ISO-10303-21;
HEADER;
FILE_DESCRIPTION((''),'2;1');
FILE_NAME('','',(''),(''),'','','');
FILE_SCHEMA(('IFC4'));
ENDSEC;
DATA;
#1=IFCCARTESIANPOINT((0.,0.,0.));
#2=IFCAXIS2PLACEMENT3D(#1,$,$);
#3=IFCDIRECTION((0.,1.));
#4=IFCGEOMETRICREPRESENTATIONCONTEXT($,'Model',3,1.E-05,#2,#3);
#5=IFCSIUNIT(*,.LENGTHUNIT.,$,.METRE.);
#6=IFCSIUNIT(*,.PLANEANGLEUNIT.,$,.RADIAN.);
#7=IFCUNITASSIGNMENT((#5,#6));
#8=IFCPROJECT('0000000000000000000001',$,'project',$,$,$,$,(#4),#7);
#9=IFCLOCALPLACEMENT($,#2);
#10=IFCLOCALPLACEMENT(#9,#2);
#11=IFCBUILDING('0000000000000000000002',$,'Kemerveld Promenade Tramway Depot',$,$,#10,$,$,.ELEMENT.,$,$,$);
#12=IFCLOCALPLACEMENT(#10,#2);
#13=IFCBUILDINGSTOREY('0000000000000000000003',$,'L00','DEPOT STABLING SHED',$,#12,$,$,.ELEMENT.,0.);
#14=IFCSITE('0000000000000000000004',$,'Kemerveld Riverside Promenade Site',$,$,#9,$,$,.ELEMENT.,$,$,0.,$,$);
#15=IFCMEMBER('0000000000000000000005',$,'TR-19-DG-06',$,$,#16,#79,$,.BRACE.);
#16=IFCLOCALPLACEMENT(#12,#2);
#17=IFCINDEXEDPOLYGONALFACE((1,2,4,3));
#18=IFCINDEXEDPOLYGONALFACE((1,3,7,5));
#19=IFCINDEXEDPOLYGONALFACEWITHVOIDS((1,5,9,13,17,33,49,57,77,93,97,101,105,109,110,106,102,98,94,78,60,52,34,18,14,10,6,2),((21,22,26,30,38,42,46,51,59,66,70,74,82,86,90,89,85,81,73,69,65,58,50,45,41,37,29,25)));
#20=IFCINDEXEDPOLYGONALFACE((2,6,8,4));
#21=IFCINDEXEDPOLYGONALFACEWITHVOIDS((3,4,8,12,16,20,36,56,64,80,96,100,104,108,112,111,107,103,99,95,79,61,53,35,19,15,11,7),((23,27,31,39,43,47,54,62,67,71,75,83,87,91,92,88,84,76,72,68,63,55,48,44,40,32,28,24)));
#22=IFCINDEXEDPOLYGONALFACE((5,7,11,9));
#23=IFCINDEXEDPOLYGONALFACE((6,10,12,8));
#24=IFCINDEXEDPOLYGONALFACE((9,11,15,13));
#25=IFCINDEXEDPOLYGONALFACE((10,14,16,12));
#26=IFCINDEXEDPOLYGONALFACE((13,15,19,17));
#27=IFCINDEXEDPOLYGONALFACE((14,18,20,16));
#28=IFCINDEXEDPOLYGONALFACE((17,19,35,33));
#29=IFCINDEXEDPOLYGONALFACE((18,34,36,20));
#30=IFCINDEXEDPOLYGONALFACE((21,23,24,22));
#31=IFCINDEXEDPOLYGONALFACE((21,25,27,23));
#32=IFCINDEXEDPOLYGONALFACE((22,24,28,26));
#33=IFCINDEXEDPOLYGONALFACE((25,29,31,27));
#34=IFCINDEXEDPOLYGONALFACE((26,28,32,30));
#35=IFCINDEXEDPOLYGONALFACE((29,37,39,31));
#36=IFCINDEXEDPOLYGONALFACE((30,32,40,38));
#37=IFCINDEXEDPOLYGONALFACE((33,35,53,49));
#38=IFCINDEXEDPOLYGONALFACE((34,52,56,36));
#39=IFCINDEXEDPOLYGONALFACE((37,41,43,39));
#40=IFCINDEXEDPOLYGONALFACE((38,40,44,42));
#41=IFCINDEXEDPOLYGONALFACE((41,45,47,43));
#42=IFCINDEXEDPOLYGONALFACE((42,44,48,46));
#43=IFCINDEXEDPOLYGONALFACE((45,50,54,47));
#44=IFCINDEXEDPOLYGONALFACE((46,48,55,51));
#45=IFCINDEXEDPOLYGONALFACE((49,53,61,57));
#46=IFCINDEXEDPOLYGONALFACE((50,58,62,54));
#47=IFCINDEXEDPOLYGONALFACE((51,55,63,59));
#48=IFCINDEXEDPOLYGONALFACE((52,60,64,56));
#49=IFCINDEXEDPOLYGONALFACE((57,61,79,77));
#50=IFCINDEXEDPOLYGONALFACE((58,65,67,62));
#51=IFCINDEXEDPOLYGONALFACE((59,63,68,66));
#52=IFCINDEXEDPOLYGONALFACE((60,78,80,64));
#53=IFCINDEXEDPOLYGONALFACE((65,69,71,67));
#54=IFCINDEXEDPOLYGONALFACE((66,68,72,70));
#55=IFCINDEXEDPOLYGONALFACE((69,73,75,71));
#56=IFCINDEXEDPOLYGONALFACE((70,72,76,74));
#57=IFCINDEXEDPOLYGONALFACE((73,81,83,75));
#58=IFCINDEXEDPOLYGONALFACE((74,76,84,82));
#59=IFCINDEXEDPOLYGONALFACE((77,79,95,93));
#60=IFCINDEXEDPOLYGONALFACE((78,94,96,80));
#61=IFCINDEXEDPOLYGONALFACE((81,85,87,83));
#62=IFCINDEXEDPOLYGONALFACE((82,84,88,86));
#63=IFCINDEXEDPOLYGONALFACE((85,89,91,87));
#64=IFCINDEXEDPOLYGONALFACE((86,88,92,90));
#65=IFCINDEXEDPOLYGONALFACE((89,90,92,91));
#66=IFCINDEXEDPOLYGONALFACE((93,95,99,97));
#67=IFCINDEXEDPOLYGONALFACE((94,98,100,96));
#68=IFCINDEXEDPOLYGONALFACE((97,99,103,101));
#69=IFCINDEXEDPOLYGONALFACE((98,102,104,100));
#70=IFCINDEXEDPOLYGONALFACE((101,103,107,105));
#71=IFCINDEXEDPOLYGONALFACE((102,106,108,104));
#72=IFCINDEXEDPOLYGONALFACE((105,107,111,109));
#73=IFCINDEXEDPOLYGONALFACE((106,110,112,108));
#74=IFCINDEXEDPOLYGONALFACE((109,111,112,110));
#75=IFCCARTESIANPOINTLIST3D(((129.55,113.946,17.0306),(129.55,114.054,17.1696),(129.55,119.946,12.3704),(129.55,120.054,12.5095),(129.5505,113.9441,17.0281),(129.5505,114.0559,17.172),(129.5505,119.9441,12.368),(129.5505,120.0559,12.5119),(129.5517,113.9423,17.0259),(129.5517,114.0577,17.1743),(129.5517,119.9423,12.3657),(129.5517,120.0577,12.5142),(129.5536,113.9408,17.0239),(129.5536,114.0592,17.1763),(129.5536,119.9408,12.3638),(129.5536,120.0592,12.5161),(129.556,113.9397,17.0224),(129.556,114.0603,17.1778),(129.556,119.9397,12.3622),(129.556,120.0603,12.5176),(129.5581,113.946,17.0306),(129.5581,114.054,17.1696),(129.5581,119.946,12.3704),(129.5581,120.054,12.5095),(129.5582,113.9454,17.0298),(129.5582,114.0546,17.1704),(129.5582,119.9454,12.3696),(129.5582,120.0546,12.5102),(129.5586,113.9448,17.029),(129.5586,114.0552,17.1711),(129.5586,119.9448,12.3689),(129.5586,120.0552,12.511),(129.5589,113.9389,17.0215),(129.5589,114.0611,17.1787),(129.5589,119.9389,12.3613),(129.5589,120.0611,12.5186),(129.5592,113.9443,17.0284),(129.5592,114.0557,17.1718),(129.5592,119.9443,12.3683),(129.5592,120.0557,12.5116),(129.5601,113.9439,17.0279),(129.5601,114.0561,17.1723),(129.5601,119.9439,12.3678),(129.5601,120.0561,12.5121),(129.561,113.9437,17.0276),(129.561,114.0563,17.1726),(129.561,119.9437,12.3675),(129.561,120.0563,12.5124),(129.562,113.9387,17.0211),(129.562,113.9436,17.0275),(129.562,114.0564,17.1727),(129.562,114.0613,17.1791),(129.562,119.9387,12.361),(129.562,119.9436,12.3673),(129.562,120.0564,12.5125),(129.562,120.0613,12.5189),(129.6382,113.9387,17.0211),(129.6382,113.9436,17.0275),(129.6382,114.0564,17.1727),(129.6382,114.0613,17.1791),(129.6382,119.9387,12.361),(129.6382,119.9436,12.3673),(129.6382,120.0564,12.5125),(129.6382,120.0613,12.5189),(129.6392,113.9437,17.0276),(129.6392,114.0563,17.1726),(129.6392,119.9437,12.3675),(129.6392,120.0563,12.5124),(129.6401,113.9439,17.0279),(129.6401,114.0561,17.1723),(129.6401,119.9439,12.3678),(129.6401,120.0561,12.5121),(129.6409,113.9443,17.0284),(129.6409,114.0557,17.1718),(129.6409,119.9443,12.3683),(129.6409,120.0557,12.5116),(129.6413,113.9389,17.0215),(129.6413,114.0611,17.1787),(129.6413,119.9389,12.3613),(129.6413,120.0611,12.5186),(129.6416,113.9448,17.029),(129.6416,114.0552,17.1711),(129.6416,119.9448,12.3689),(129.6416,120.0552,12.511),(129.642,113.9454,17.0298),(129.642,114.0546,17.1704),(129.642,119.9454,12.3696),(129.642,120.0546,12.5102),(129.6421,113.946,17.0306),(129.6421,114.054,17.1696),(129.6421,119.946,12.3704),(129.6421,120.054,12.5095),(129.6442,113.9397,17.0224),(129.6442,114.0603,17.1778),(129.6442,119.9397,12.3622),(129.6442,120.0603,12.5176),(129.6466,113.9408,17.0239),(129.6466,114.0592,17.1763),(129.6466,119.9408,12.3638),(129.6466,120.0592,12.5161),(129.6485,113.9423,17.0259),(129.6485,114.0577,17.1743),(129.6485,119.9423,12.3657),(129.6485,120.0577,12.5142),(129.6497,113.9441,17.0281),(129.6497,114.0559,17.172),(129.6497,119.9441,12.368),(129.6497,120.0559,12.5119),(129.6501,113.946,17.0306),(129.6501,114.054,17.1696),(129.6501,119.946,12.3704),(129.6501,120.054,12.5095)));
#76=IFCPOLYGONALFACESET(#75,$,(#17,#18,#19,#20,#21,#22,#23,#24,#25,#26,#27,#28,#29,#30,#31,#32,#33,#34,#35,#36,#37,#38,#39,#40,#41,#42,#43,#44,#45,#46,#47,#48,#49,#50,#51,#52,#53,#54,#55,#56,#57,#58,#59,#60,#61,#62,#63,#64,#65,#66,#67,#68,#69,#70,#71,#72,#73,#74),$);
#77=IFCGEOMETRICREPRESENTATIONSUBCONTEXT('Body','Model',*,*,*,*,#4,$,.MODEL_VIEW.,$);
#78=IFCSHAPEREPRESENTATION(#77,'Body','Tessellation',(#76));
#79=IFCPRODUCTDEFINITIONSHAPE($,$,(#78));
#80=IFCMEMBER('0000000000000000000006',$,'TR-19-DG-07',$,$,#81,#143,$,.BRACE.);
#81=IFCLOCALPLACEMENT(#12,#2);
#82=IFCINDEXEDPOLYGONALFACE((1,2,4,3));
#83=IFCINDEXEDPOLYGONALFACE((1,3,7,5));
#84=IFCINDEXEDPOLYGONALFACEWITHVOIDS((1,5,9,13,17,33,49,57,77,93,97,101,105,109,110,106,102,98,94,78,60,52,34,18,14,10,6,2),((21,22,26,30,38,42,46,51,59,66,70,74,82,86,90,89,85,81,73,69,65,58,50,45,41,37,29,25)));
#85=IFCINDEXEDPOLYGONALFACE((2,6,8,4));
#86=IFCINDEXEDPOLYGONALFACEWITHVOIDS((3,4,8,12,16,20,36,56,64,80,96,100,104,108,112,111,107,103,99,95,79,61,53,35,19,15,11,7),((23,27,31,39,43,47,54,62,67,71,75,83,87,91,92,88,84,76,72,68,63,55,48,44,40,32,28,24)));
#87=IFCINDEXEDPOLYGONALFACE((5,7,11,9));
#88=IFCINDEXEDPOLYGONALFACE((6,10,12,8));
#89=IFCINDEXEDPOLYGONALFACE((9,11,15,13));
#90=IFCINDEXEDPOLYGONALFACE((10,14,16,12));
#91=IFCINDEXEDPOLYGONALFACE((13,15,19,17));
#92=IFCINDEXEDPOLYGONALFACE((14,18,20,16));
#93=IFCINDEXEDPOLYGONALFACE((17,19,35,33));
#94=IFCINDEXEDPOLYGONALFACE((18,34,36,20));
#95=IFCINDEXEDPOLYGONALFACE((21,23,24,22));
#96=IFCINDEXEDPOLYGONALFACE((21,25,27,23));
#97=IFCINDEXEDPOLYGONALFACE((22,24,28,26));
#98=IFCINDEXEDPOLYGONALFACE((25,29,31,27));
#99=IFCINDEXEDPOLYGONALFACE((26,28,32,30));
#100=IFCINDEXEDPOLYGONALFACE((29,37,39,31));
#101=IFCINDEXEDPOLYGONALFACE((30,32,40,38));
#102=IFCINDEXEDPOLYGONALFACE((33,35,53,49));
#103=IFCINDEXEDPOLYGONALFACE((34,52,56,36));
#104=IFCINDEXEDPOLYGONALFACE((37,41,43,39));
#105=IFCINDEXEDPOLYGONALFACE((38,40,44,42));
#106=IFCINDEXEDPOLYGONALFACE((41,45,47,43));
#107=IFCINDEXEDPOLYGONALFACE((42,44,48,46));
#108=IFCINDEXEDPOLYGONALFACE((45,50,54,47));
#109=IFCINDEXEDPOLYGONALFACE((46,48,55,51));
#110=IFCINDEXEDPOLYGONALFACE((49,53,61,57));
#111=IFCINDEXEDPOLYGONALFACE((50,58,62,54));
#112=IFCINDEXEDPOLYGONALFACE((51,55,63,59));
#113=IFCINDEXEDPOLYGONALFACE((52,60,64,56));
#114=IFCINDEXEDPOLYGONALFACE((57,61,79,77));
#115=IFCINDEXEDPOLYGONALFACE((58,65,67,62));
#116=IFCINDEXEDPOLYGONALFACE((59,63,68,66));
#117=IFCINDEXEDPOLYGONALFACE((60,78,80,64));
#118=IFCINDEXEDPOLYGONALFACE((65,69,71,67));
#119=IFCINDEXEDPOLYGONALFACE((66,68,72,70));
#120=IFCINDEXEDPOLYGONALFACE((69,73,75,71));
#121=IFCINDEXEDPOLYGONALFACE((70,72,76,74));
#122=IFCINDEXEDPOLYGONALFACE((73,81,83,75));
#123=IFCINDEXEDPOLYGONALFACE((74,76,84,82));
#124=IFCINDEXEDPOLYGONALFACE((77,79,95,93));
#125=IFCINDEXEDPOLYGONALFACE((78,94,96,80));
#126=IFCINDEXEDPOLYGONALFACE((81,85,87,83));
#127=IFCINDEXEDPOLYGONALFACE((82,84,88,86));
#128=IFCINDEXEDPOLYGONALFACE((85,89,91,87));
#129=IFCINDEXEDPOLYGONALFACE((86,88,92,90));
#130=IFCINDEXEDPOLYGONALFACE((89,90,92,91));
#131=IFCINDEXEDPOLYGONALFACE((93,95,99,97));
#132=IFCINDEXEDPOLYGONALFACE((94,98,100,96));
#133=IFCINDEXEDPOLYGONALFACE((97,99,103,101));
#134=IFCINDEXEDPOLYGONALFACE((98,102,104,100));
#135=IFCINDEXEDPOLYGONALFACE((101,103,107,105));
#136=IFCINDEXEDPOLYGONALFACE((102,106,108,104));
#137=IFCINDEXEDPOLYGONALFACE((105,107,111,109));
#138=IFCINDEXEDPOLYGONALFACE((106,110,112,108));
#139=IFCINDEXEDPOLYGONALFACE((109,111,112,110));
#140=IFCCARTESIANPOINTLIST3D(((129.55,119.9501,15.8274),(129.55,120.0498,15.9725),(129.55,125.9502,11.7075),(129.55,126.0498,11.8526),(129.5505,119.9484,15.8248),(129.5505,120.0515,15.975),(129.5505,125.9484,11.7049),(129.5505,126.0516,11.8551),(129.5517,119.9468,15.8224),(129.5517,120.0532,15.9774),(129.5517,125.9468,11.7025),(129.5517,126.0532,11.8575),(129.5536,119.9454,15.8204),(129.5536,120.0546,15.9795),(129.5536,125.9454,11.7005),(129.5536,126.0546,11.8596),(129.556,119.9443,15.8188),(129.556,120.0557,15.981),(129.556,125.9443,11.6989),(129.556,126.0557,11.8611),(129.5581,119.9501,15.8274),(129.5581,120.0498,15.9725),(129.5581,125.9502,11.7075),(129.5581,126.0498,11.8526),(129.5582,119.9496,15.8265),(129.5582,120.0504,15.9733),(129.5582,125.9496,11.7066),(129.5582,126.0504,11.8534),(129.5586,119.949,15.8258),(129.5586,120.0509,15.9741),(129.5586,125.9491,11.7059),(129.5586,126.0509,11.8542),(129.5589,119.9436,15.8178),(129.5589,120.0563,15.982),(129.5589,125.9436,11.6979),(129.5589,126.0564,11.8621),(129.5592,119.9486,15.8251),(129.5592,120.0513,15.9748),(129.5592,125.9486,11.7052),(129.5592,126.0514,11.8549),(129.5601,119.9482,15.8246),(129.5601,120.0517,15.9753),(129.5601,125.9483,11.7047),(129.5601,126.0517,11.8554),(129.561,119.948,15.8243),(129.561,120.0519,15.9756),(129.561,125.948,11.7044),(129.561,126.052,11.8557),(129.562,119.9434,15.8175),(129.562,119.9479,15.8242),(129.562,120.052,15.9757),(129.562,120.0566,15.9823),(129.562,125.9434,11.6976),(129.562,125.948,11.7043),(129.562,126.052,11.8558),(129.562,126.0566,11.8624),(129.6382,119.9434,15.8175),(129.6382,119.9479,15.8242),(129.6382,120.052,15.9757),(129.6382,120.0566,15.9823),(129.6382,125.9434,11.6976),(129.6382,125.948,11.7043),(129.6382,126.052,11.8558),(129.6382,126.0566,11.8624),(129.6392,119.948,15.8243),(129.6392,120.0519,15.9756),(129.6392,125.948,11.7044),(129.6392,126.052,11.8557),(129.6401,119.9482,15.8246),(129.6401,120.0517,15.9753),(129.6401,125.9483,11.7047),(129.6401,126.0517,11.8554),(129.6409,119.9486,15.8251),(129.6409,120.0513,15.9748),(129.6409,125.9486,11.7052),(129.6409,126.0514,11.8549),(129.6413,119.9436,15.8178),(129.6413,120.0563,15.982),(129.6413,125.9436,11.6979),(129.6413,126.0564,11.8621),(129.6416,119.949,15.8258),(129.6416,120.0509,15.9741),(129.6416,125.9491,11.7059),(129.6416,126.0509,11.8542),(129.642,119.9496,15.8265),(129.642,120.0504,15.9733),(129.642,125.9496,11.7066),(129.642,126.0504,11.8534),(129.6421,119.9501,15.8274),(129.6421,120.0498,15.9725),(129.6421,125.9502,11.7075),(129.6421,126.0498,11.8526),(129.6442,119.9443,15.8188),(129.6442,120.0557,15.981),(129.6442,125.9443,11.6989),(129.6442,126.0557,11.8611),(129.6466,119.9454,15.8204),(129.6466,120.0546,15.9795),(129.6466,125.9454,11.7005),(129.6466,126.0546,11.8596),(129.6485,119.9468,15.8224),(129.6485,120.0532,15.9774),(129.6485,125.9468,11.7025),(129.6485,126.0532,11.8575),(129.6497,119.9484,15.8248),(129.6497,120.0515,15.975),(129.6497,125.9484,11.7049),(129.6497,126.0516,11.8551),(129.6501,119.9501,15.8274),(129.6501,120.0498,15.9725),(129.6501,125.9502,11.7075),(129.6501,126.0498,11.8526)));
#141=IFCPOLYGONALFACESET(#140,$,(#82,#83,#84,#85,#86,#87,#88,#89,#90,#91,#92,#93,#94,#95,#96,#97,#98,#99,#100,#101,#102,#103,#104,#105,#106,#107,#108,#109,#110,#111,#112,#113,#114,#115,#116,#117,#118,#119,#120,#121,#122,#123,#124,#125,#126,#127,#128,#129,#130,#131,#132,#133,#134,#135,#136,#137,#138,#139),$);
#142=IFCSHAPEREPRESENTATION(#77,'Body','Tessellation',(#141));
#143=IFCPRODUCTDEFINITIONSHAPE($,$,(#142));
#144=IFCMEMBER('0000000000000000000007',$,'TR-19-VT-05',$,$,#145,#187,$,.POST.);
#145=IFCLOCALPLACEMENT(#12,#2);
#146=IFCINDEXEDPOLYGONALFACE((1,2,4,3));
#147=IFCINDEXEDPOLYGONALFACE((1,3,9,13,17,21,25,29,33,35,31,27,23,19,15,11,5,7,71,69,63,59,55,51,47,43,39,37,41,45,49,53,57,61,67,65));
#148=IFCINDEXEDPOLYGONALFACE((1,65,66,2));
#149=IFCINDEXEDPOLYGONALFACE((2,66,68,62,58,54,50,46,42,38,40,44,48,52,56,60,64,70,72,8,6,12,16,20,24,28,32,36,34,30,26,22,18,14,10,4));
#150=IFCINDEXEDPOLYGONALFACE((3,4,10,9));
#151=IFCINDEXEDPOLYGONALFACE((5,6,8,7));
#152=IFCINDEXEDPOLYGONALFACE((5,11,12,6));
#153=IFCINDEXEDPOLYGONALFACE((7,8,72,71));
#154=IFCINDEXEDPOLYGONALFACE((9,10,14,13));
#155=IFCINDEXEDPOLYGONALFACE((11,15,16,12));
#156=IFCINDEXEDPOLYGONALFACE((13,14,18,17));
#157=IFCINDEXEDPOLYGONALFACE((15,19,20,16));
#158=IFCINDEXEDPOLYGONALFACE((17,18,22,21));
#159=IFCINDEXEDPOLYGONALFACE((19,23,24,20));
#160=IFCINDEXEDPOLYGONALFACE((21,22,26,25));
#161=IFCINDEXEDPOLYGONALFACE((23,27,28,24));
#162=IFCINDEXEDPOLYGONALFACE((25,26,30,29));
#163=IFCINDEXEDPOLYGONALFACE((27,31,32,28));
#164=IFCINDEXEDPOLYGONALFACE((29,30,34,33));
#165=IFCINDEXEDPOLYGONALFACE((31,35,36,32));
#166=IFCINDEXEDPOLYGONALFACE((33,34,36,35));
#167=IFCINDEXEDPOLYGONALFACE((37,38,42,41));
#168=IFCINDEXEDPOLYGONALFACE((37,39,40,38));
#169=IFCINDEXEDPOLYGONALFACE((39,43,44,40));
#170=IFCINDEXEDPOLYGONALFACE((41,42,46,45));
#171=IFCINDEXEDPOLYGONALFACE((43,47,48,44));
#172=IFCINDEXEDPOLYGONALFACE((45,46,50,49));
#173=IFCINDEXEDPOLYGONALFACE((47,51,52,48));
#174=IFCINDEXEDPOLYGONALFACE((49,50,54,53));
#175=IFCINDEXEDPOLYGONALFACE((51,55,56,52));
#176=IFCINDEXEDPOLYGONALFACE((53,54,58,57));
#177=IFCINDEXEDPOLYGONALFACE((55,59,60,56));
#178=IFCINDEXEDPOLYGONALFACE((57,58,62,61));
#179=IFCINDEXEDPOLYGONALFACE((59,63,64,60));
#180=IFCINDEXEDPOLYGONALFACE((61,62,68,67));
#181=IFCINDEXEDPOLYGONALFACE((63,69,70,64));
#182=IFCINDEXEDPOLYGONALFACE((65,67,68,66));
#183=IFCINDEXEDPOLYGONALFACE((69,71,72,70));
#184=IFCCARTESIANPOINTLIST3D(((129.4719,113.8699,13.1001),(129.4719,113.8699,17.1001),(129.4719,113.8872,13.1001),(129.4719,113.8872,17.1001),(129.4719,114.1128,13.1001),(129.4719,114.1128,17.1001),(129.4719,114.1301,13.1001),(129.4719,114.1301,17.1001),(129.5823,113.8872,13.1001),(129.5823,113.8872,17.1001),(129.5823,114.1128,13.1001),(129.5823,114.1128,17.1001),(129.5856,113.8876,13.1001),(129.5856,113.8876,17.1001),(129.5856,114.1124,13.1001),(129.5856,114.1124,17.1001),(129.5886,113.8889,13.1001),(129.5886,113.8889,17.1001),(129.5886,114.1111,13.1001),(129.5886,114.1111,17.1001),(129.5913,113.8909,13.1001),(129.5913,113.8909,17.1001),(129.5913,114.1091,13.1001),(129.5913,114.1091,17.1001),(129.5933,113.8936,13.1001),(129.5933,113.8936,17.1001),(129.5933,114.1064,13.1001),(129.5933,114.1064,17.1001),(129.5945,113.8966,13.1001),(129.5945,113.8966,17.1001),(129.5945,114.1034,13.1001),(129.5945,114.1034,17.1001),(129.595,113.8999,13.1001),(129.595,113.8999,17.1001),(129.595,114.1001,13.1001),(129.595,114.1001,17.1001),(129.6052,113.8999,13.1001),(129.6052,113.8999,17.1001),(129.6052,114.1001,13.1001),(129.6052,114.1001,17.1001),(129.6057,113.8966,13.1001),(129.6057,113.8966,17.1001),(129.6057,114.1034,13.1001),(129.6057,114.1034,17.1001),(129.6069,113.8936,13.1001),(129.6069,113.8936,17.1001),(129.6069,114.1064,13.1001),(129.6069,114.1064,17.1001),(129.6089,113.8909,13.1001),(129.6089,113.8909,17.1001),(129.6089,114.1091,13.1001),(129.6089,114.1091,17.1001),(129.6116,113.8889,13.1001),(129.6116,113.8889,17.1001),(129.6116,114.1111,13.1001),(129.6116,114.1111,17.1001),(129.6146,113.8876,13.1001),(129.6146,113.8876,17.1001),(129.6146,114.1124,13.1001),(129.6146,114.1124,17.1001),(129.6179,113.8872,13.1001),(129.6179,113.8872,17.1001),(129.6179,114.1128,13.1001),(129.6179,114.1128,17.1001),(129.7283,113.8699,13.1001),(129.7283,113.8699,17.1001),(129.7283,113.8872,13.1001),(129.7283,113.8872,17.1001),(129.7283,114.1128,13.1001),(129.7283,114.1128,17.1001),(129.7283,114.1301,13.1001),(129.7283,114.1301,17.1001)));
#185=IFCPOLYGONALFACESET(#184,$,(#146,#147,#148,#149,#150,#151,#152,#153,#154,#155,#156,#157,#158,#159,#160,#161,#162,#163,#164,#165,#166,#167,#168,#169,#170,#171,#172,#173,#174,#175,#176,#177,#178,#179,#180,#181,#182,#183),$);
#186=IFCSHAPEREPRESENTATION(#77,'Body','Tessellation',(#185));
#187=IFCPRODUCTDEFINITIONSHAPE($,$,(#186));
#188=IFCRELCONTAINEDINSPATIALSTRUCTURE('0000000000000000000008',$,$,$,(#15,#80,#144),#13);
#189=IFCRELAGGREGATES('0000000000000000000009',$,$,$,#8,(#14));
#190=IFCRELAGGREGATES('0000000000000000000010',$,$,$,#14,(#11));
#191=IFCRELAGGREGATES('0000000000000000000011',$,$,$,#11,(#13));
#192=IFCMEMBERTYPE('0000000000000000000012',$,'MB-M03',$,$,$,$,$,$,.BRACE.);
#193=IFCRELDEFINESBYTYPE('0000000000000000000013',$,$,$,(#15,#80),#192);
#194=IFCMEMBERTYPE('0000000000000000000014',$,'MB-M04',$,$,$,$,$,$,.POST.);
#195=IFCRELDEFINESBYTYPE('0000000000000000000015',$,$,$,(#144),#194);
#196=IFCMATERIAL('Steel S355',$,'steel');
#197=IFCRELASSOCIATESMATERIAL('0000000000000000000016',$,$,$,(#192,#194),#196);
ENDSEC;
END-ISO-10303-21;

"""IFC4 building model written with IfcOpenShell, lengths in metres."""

from ifc_helpers import new_model, si_unit, direction, frame, origin, origin_2d, place, context, subcontext, project, spatial, hollow_rectangle, i_section, extrude, material, material_profile, profile_set, type_object, element, save


model = new_model("IFC4")

# Units and contexts
model_context = context("Model", 3, precision=1e-05, world=origin(), true_north=direction((0.0, 1.0)))
body_context = subcontext(model_context, "Body", "Model", "MODEL_VIEW")
ifc_project = project(units=[si_unit("LENGTHUNIT", "METRE"), si_unit("PLANEANGLEUNIT", "RADIAN")], contexts=[model_context])

# Site, building, storey
site_placement = place(None, origin())
site = spatial("IfcSite", under=ifc_project, at=site_placement, Name="Kemerveld Riverside Promenade Site", CompositionType="ELEMENT", RefElevation=0.0)
building_placement = place(site_placement, origin())
building = spatial("IfcBuilding", under=site, at=building_placement, Name="Kemerveld Promenade Tramway Depot", CompositionType="ELEMENT")
storey_placement = place(building_placement, origin())
storey = spatial("IfcBuildingStorey", under=building, at=storey_placement, Name="L00", Description="DEPOT STABLING SHED", CompositionType="ELEMENT", Elevation=0.0)

# Members
ifc_material_1 = material(Name="Steel S355", Category="steel")
ifc_material_profile_1 = material_profile(ifc_material_1, hollow_rectangle(XDim=0.1001, YDim=0.2, WallThickness=0.0081, InnerFilletRadius=0.0039, OuterFilletRadius=0.012, at=origin_2d()), Name="200x100x8.0 RHS")
ifc_profile_set_1 = profile_set([ifc_material_profile_1], Name="Steel S355")
member_type_1 = type_object("IfcMemberType", Name="MB-M03", PredefinedType="BRACE", material=ifc_profile_set_1)
member_1_placement = place(storey_placement, frame((129.6001, 120.0, 12.4399), z_axis=(0.0, -0.789767, 0.613407), x_axis=(1.0, 0.0, 0.0)))
element("IfcMember", 1, at=member_1_placement, inside=storey, type_object=member_type_1, Name="TR-19-DG-06", PredefinedType="BRACE", context=body_context, shape_type="SweptSolid", body=[
    extrude(hollow_rectangle(XDim=0.1001, YDim=0.2, WallThickness=0.0081, InnerFilletRadius=0.0039, OuterFilletRadius=0.012, at=origin_2d()), origin(), (0.0, 0.0, 1.0), 7.5972),
])
member_2_placement = place(storey_placement, frame((129.6001, 126.0, 11.78), z_axis=(0.0, -0.824371, 0.56605), x_axis=(1.0, 0.0, 0.0)))
element("IfcMember", 2, at=member_2_placement, inside=storey, type_object=member_type_1, Name="TR-19-DG-07", PredefinedType="BRACE", context=body_context, shape_type="SweptSolid", body=[
    extrude(hollow_rectangle(XDim=0.1001, YDim=0.2, WallThickness=0.0081, InnerFilletRadius=0.0039, OuterFilletRadius=0.012, at=origin_2d()), origin(), (0.0, 0.0, 1.0), 7.2783),
])
ifc_material_profile_2 = material_profile(ifc_material_1, i_section(OverallWidth=0.2563, OverallDepth=0.2603, WebThickness=0.0103, FlangeThickness=0.0173, FilletRadius=0.0127, at=origin_2d()), Name="254x254x89 UC")
ifc_profile_set_2 = profile_set([ifc_material_profile_2], Name="Steel S355")
member_type_2 = type_object("IfcMemberType", Name="MB-M04", PredefinedType="POST", material=ifc_profile_set_2)
member_3_placement = place(storey_placement, frame((129.6001, 114.0, 13.1001), z_axis=(0.0, 0.0, 1.0), x_axis=(1.0, 0.0, 0.0)))
element("IfcMember", 3, at=member_3_placement, inside=storey, type_object=member_type_2, Name="TR-19-VT-05", PredefinedType="POST", context=body_context, shape_type="SweptSolid", body=[
    extrude(i_section(OverallWidth=0.2563, OverallDepth=0.2603, WebThickness=0.0103, FlangeThickness=0.0173, FilletRadius=0.0127, at=origin_2d()), origin(), (0.0, 0.0, 1.0), 4.0),
])

save(model, "model.ifc")
